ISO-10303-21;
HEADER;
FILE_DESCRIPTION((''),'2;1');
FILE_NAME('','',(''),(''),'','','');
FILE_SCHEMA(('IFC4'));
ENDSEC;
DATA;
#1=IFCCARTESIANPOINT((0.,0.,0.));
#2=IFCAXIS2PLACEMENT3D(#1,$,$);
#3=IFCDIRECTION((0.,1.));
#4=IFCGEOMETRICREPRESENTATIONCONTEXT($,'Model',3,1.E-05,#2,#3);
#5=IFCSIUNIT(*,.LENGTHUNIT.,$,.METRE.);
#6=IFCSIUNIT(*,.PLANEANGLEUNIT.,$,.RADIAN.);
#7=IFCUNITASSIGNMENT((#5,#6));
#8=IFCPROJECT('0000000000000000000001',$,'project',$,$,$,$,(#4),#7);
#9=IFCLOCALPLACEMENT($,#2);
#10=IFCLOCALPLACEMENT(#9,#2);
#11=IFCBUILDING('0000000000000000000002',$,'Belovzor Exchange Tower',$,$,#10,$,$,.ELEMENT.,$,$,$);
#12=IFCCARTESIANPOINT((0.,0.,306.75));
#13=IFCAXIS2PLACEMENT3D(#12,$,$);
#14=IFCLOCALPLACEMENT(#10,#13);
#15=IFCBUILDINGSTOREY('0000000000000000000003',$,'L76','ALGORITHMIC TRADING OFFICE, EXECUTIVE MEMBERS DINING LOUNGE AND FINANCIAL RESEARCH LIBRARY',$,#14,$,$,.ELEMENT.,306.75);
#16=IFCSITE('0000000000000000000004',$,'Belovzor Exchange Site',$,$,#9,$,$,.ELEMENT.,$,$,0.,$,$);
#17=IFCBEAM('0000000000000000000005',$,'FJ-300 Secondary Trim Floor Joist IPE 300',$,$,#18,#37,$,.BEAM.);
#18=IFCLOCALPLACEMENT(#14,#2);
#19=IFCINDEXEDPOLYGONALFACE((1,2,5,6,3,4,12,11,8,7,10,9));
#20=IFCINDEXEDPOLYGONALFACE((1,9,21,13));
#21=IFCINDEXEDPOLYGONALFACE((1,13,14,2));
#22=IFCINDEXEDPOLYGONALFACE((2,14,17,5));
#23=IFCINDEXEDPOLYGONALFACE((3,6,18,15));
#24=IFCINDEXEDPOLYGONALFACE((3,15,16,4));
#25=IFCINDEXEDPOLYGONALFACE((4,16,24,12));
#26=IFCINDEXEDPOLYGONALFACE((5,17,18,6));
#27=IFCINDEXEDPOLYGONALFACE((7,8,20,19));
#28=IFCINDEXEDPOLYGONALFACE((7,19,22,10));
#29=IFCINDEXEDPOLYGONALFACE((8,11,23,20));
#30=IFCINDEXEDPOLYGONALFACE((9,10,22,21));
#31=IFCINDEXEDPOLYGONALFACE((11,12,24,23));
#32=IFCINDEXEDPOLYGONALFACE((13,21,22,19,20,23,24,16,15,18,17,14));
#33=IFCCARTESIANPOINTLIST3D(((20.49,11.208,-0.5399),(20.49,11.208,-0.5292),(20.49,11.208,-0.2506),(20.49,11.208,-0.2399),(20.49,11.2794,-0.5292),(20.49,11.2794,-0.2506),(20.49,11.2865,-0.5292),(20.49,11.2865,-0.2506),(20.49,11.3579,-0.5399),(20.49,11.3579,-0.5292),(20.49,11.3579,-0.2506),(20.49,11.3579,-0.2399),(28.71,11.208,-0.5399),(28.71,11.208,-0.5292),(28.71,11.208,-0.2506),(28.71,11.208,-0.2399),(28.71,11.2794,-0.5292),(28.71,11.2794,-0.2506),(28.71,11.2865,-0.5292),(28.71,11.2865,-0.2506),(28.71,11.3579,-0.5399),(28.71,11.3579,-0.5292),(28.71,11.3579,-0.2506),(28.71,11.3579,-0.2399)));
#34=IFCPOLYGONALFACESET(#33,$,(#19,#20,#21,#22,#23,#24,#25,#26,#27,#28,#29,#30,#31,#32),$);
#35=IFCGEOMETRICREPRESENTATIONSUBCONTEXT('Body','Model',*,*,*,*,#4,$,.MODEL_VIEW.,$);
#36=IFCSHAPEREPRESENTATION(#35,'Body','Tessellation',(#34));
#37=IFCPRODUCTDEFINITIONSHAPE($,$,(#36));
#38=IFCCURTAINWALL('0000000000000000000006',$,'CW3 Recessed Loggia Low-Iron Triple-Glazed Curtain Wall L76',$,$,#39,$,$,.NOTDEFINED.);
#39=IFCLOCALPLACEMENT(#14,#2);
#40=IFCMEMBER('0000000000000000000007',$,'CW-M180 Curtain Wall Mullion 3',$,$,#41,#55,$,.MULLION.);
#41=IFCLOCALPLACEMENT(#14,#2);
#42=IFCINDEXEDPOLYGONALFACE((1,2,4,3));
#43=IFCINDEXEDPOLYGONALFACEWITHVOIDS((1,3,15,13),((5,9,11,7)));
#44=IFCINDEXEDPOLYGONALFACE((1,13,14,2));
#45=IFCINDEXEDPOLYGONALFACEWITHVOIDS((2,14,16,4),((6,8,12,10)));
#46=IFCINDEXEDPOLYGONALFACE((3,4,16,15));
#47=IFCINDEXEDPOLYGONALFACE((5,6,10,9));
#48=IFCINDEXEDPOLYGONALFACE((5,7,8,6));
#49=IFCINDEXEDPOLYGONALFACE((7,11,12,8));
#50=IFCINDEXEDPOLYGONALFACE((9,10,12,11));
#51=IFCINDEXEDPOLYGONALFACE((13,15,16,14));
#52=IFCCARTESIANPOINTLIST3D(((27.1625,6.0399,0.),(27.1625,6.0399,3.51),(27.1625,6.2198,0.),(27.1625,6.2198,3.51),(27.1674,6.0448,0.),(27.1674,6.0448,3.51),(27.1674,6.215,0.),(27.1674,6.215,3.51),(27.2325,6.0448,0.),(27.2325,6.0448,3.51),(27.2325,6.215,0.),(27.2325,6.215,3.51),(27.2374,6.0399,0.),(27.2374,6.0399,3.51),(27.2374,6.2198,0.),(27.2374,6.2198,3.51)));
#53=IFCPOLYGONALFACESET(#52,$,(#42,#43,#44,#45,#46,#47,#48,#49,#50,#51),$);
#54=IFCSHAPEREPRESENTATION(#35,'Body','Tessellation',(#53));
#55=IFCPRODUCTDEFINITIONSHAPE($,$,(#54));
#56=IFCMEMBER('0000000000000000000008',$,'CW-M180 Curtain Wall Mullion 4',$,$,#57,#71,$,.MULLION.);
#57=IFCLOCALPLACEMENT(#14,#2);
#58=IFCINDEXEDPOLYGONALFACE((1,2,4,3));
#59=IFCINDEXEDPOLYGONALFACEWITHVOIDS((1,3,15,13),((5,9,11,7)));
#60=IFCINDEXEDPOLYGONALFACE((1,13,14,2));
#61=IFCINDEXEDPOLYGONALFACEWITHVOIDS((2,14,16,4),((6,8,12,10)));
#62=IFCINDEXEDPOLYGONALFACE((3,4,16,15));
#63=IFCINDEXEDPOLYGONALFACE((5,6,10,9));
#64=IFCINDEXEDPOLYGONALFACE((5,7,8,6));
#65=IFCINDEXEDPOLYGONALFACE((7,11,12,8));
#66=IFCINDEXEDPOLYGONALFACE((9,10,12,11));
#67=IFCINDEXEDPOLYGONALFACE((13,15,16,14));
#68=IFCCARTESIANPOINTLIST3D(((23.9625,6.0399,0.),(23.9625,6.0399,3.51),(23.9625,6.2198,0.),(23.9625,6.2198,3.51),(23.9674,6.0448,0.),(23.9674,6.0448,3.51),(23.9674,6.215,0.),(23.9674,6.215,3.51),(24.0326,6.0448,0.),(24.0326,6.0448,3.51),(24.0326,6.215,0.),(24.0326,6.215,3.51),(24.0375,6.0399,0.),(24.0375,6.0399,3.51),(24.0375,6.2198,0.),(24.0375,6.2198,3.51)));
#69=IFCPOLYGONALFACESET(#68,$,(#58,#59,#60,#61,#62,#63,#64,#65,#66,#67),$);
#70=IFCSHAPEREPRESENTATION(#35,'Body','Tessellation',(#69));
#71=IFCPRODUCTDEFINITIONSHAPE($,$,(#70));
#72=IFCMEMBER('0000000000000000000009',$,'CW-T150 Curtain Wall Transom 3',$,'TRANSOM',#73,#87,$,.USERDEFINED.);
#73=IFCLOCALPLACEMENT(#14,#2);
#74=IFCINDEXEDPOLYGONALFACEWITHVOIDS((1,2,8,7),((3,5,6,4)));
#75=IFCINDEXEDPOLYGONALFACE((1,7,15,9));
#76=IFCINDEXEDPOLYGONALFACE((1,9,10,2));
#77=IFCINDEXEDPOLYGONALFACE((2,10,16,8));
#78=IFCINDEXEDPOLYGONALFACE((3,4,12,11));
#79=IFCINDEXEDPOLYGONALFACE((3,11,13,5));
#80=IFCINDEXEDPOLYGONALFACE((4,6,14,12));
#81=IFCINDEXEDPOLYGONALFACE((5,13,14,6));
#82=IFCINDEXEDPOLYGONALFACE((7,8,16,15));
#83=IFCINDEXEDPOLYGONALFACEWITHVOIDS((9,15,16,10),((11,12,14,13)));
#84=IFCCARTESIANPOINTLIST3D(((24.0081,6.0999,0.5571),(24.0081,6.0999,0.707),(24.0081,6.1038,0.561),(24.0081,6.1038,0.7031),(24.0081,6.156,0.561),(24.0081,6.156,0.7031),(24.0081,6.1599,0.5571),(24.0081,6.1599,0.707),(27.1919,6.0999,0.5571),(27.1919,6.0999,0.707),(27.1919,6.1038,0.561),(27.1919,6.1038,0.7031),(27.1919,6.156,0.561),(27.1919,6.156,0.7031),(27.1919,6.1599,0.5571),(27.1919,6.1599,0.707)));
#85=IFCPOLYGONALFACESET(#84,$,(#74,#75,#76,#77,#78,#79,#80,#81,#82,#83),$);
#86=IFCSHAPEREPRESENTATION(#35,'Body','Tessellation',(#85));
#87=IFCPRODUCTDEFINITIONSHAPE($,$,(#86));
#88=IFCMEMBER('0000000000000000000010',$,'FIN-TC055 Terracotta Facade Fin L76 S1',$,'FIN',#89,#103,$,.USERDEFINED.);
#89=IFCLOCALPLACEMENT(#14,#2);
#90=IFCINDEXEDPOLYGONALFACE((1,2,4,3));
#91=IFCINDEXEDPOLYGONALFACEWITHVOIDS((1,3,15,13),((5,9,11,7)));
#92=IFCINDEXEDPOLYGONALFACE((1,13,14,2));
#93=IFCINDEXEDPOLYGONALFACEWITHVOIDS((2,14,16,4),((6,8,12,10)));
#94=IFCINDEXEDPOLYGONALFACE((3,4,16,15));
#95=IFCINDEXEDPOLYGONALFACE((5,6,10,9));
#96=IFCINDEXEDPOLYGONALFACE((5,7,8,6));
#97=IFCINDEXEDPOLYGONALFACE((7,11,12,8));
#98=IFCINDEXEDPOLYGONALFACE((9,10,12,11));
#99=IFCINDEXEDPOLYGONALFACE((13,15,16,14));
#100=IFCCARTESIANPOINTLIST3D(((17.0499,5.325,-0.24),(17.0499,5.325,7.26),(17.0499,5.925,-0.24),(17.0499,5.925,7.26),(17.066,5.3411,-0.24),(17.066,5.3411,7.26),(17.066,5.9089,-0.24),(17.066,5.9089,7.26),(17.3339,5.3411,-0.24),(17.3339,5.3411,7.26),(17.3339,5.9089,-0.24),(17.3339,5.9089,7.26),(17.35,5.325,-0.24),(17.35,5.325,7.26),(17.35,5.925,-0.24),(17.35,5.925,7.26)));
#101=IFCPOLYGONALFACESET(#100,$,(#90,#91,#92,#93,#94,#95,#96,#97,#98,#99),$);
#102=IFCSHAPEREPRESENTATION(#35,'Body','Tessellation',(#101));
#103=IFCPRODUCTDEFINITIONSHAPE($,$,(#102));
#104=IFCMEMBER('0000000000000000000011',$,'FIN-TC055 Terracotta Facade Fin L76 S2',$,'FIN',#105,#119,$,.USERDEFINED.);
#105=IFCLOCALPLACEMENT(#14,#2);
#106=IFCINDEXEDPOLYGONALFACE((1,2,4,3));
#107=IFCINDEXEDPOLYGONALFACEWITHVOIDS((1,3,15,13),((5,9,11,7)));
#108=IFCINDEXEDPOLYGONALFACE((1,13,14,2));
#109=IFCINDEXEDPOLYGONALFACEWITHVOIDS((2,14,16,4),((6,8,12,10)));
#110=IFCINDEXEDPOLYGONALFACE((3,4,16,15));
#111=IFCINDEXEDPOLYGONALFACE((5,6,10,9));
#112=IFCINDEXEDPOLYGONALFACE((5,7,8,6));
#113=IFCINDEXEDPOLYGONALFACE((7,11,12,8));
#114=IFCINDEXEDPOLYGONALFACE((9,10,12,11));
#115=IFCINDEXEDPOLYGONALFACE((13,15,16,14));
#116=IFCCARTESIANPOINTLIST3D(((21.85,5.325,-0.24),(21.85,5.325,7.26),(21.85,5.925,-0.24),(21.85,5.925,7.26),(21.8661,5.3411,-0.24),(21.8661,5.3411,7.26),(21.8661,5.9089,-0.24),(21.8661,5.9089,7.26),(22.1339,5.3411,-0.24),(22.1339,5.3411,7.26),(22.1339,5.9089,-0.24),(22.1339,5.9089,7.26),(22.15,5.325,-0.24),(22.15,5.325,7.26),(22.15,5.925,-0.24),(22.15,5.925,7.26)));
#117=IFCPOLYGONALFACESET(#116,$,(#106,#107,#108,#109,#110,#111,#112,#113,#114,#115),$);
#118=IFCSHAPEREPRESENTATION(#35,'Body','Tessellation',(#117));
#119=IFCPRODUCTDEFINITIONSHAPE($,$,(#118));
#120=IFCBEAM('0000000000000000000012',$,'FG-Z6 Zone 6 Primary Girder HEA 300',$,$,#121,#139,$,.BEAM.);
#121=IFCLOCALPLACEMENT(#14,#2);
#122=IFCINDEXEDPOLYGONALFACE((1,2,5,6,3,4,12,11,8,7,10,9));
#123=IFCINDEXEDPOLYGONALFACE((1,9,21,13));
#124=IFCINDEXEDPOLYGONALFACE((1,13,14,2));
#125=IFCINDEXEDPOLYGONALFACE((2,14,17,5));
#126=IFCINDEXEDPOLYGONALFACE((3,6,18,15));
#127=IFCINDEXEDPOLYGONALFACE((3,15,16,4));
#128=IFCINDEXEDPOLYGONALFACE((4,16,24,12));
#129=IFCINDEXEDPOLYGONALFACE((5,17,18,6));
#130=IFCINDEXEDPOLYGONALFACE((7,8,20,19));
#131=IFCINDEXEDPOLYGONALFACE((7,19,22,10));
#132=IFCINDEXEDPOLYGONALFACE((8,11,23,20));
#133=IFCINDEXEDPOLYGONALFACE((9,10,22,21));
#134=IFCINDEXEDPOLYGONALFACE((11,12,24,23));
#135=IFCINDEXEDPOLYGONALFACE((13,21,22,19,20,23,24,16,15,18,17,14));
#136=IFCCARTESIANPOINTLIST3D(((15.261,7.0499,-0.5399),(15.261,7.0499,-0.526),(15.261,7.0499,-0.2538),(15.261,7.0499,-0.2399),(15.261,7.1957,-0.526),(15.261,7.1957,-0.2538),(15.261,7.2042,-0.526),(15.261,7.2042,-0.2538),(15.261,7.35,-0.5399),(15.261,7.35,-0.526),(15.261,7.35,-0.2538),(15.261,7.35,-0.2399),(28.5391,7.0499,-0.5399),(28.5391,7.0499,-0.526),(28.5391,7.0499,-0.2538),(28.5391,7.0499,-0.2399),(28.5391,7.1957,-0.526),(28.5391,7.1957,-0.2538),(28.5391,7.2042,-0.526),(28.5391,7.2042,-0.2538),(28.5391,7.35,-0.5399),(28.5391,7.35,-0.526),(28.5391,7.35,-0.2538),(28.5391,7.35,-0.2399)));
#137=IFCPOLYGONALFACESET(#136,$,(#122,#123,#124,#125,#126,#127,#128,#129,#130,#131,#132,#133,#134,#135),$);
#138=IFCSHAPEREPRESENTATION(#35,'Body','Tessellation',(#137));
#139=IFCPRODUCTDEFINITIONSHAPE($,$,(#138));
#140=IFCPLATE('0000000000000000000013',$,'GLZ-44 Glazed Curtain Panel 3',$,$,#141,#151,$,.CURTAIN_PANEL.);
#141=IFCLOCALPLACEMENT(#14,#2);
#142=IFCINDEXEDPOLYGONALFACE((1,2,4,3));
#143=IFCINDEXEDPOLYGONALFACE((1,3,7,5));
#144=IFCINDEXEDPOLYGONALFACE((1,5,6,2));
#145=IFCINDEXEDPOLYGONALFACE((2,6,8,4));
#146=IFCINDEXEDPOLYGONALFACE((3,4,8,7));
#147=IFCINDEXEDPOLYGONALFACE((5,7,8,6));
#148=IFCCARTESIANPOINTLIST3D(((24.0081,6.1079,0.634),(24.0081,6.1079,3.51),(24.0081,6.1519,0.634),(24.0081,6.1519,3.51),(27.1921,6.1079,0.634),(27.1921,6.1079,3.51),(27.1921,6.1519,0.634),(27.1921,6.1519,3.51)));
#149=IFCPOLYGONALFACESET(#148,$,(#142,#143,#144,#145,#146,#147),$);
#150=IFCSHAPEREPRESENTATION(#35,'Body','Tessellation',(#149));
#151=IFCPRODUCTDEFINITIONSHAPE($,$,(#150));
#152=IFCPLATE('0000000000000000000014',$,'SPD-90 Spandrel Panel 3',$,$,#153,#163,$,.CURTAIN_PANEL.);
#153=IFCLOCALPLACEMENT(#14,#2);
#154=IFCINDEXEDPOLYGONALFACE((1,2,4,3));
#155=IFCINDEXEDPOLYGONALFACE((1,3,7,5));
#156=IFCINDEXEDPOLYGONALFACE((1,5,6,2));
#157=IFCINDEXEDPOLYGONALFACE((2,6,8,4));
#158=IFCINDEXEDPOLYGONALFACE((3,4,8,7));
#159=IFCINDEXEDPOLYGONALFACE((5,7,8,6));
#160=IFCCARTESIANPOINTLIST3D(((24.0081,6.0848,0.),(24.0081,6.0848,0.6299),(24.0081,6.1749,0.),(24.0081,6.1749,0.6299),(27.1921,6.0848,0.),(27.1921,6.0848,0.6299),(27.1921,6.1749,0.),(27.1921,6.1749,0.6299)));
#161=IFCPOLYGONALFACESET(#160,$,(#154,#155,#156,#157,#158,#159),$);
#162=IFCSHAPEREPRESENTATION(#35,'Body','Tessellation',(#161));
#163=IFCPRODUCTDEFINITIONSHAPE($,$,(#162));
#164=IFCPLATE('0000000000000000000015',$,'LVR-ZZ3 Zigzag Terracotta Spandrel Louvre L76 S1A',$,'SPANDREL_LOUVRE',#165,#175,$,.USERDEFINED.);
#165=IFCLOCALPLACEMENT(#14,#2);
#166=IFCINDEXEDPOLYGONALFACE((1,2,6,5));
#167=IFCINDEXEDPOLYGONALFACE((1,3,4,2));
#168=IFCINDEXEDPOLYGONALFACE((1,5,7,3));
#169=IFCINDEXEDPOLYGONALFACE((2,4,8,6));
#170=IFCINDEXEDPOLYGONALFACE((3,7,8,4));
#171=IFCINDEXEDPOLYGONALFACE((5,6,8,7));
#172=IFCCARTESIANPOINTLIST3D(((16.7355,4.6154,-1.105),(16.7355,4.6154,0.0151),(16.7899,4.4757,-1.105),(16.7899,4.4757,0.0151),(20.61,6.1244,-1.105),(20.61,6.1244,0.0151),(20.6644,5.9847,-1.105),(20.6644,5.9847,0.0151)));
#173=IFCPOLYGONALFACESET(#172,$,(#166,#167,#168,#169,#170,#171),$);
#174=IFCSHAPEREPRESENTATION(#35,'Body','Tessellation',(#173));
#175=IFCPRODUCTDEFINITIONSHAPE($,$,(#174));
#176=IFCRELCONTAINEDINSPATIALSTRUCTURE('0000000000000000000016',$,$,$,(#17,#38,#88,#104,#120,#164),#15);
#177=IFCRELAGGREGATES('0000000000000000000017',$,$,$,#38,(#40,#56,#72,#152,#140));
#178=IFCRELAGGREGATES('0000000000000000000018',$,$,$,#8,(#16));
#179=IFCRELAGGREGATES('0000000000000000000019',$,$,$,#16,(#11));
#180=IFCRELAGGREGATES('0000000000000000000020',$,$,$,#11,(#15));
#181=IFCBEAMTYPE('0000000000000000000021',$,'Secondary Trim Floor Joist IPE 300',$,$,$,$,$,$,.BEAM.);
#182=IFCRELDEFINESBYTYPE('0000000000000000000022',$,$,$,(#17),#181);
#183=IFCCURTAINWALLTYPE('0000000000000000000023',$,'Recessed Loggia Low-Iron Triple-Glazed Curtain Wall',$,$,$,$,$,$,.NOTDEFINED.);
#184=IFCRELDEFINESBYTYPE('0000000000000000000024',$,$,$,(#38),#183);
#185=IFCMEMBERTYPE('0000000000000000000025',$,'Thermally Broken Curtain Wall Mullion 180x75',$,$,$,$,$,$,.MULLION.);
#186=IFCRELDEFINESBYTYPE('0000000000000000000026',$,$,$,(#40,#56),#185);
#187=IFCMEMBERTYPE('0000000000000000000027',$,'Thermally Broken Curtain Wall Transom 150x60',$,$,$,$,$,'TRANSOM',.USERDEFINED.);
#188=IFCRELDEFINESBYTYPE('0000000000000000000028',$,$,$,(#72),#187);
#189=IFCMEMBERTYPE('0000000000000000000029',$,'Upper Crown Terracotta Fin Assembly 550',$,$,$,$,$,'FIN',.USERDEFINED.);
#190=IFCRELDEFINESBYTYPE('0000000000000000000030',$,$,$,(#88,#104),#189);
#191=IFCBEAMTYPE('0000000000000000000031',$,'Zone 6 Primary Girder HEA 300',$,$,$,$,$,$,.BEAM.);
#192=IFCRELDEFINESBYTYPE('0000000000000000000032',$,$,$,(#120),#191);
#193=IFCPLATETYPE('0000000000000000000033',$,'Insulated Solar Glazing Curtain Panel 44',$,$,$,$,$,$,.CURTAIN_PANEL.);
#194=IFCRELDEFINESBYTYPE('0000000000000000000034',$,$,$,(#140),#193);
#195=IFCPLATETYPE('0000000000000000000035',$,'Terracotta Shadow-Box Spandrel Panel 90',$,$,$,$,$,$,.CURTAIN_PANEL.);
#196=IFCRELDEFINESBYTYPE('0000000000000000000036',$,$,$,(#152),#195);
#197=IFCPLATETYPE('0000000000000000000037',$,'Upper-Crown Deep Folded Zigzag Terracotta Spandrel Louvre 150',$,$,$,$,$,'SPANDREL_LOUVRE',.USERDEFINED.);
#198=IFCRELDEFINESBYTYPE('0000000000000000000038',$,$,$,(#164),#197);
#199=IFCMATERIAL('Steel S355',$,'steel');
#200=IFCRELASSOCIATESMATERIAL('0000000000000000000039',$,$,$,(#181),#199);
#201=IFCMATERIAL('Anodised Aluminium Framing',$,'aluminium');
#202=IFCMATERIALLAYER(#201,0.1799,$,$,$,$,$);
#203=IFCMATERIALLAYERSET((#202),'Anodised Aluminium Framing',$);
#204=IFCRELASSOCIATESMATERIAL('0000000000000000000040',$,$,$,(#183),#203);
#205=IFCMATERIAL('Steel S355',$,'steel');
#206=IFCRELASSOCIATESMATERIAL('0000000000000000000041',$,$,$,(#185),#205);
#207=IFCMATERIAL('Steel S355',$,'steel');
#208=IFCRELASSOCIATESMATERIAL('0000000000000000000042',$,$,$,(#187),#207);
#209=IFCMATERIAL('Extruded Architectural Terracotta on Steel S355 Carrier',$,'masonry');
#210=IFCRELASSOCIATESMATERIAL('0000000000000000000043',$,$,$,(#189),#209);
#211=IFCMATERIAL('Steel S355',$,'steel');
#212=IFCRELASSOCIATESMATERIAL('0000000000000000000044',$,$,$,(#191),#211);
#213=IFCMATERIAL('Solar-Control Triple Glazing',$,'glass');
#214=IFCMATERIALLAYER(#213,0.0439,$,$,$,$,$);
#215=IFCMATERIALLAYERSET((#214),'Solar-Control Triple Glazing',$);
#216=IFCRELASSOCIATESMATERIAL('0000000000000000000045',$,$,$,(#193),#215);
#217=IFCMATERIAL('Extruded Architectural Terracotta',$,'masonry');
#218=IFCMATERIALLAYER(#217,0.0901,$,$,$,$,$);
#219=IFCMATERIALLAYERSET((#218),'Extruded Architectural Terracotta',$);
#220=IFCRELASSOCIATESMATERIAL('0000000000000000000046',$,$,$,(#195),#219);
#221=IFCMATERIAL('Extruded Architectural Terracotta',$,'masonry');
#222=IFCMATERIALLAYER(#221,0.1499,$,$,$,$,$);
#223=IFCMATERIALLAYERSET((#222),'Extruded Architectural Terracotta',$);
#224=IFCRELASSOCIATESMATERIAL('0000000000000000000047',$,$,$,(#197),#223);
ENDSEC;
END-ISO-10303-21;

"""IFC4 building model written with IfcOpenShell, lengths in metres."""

from ifc_helpers import new_model, si_unit, direction, frame, origin, origin_2d, place, context, subcontext, project, spatial, rectangle, hollow_rectangle, i_section, extrude, material, layer, layer_set, material_profile, profile_set, type_object, element, aggregate, save


model = new_model("IFC4")

# Units and contexts
model_context = context("Model", 3, precision=1e-05, world=origin(), true_north=direction((0.0, 1.0)))
body_context = subcontext(model_context, "Body", "Model", "MODEL_VIEW")
ifc_project = project(units=[si_unit("LENGTHUNIT", "METRE"), si_unit("PLANEANGLEUNIT", "RADIAN")], contexts=[model_context])

# Site, building, storey
site_placement = place(None, origin())
site = spatial("IfcSite", under=ifc_project, at=site_placement, Name="Belovzor Exchange Site", CompositionType="ELEMENT", RefElevation=0.0)
building_placement = place(site_placement, origin())
building = spatial("IfcBuilding", under=site, at=building_placement, Name="Belovzor Exchange Tower", CompositionType="ELEMENT")
storey_placement = place(building_placement, frame((0.0, 0.0, 306.75)))
storey = spatial("IfcBuildingStorey", under=building, at=storey_placement, Name="L76", Description="ALGORITHMIC TRADING OFFICE, EXECUTIVE MEMBERS DINING LOUNGE AND FINANCIAL RESEARCH LIBRARY", CompositionType="ELEMENT", Elevation=306.75)

# Beam
ifc_material_1 = material(Name="Steel S355", Category="steel")
ifc_material_profile_1 = material_profile(ifc_material_1, i_section(OverallWidth=0.1499, OverallDepth=0.3, WebThickness=0.0071, FlangeThickness=0.0107, at=origin_2d()))
ifc_profile_set_1 = profile_set([ifc_material_profile_1], Name="Steel S355")
beam_type_1 = type_object("IfcBeamType", Name="Secondary Trim Floor Joist IPE 300", PredefinedType="BEAM", material=ifc_profile_set_1)
beam_1_placement = place(storey_placement, frame((20.49, 11.283, -0.3899), z_axis=(1.0, 0.0, 0.0), x_axis=(0.0, 1.0, 0.0)))
element("IfcBeam", 1, at=beam_1_placement, inside=storey, type_object=beam_type_1, Name="FJ-300 Secondary Trim Floor Joist IPE 300", PredefinedType="BEAM", context=body_context, shape_type="SweptSolid", body=[
    extrude(i_section(OverallWidth=0.1499, OverallDepth=0.3, WebThickness=0.0071, FlangeThickness=0.0107, at=origin_2d()), origin(), (0.0, 0.0, 1.0), 8.22),
])

# Curtain wall, members
ifc_material_2 = material(Name="Anodised Aluminium Framing", Category="aluminium")
ifc_layer_1 = layer(ifc_material_2, 0.1799)
ifc_layer_set_1 = layer_set([ifc_layer_1], Name="Anodised Aluminium Framing")
curtain_wall_type = type_object("IfcCurtainWallType", Name="Recessed Loggia Low-Iron Triple-Glazed Curtain Wall", PredefinedType="NOTDEFINED", material=ifc_layer_set_1)
curtain_wall_placement = place(storey_placement, origin())
curtain_wall = element("IfcCurtainWall", 2, at=curtain_wall_placement, inside=storey, type_object=curtain_wall_type, Name="CW3 Recessed Loggia Low-Iron Triple-Glazed Curtain Wall L76", PredefinedType="NOTDEFINED")
ifc_material_3 = material(Name="Steel S355", Category="steel")
ifc_material_profile_2 = material_profile(ifc_material_3, hollow_rectangle(XDim=0.075, YDim=0.1799, WallThickness=0.0049, at=origin_2d()))
ifc_profile_set_2 = profile_set([ifc_material_profile_2], Name="Steel S355")
member_type_1 = type_object("IfcMemberType", Name="Thermally Broken Curtain Wall Mullion 180x75", PredefinedType="MULLION", material=ifc_profile_set_2)
member_1_placement = place(storey_placement, frame((27.2, 6.1299, 0.0), z_axis=(0.0, 0.0, 1.0), x_axis=(-1.0, 0.0, 0.0)))
member_1 = element("IfcMember", 3, at=member_1_placement, type_object=member_type_1, Name="CW-M180 Curtain Wall Mullion 3", PredefinedType="MULLION", context=body_context, shape_type="SweptSolid", body=[
    extrude(hollow_rectangle(XDim=0.075, YDim=0.1799, WallThickness=0.0049, at=origin_2d()), origin(), (0.0, 0.0, 1.0), 3.51),
])
member_2_placement = place(storey_placement, frame((24.0, 6.1299, 0.0), z_axis=(0.0, 0.0, 1.0), x_axis=(-1.0, 0.0, 0.0)))
member_2 = element("IfcMember", 4, at=member_2_placement, type_object=member_type_1, Name="CW-M180 Curtain Wall Mullion 4", PredefinedType="MULLION", context=body_context, shape_type="SweptSolid", body=[
    extrude(hollow_rectangle(XDim=0.075, YDim=0.1799, WallThickness=0.0049, at=origin_2d()), origin(), (0.0, 0.0, 1.0), 3.51),
])
ifc_material_4 = material(Name="Steel S355", Category="steel")
ifc_material_profile_3 = material_profile(ifc_material_4, hollow_rectangle(XDim=0.0601, YDim=0.1499, WallThickness=0.0039, at=origin_2d()))
ifc_profile_set_3 = profile_set([ifc_material_profile_3], Name="Steel S355")
member_type_2 = type_object("IfcMemberType", Name="Thermally Broken Curtain Wall Transom 150x60", ElementType="TRANSOM", PredefinedType="USERDEFINED", material=ifc_profile_set_3)
member_3_placement = place(storey_placement, frame((27.1919, 6.1299, 0.6321), z_axis=(-1.0, 0.0, 0.0), x_axis=(0.0, -1.0, 0.0)))
member_3 = element("IfcMember", 5, at=member_3_placement, type_object=member_type_2, Name="CW-T150 Curtain Wall Transom 3", ObjectType="TRANSOM", PredefinedType="USERDEFINED", context=body_context, shape_type="SweptSolid", body=[
    extrude(hollow_rectangle(XDim=0.0601, YDim=0.1499, WallThickness=0.0039, at=origin_2d()), origin(), (0.0, 0.0, 1.0), 3.1838),
])

# Members
ifc_material_5 = material(Name="Extruded Architectural Terracotta on Steel S355 Carrier", Category="masonry")
ifc_material_profile_4 = material_profile(ifc_material_5, hollow_rectangle(XDim=0.3, YDim=0.6001, WallThickness=0.0161, at=origin_2d()))
ifc_profile_set_4 = profile_set([ifc_material_profile_4], Name="Extruded Architectural Terracotta on Steel S355 Carrier")
member_type_3 = type_object("IfcMemberType", Name="Upper Crown Terracotta Fin Assembly 550", ElementType="FIN", PredefinedType="USERDEFINED", material=ifc_profile_set_4)
for number, where, z_axis, x_axis, name in (
    (6, (17.2, 5.625, -0.24), (0.0, 0.0, 1.0), (1.0, 0.0, 0.0), "FIN-TC055 Terracotta Facade Fin L76 S1"),
    (7, (22.0, 5.625, -0.24), (0.0, 0.0, 1.0), (1.0, 0.0, 0.0), "FIN-TC055 Terracotta Facade Fin L76 S2"),
):
    element("IfcMember", number, at=place(storey_placement, frame(where, z_axis=z_axis, x_axis=x_axis)), inside=storey, type_object=member_type_3, Name=name, ObjectType="FIN", PredefinedType="USERDEFINED", context=body_context, shape_type="SweptSolid", body=[
        extrude(hollow_rectangle(XDim=0.3, YDim=0.6001, WallThickness=0.0161, at=origin_2d()), origin(), (0.0, 0.0, 1.0), 7.5),
    ])

# Beam
ifc_material_6 = material(Name="Steel S355", Category="steel")
ifc_material_profile_5 = material_profile(ifc_material_6, i_section(OverallWidth=0.3, OverallDepth=0.3, WebThickness=0.0085, FlangeThickness=0.0139, at=origin_2d()))
ifc_profile_set_5 = profile_set([ifc_material_profile_5], Name="Steel S355")
beam_type_2 = type_object("IfcBeamType", Name="Zone 6 Primary Girder HEA 300", PredefinedType="BEAM", material=ifc_profile_set_5)
beam_2_placement = place(storey_placement, frame((15.261, 7.2, -0.3899), z_axis=(1.0, 0.0, 0.0), x_axis=(0.0, 1.0, 0.0)))
element("IfcBeam", 8, at=beam_2_placement, inside=storey, type_object=beam_type_2, Name="FG-Z6 Zone 6 Primary Girder HEA 300", PredefinedType="BEAM", context=body_context, shape_type="SweptSolid", body=[
    extrude(i_section(OverallWidth=0.3, OverallDepth=0.3, WebThickness=0.0085, FlangeThickness=0.0139, at=origin_2d()), origin(), (0.0, 0.0, 1.0), 13.2781),
])

# Plates
ifc_material_7 = material(Name="Solar-Control Triple Glazing", Category="glass")
ifc_layer_2 = layer(ifc_material_7, 0.0439)
ifc_layer_set_2 = layer_set([ifc_layer_2], Name="Solar-Control Triple Glazing")
plate_type_1 = type_object("IfcPlateType", Name="Insulated Solar Glazing Curtain Panel 44", PredefinedType="CURTAIN_PANEL", material=ifc_layer_set_2)
plate_1_placement = place(storey_placement, frame((25.6001, 6.1299, 0.634), z_axis=(0.0, 0.0, 1.0), x_axis=(-1.0, 0.0, 0.0)))
plate_1 = element("IfcPlate", 9, at=plate_1_placement, type_object=plate_type_1, Name="GLZ-44 Glazed Curtain Panel 3", PredefinedType="CURTAIN_PANEL", context=body_context, shape_type="SweptSolid", body=[
    extrude(rectangle(XDim=3.1841, YDim=0.0439, at=origin_2d()), origin(), (0.0, 0.0, 1.0), 2.876),
])
ifc_material_8 = material(Name="Extruded Architectural Terracotta", Category="masonry")
ifc_layer_3 = layer(ifc_material_8, 0.0901)
ifc_layer_set_3 = layer_set([ifc_layer_3], Name="Extruded Architectural Terracotta")
plate_type_2 = type_object("IfcPlateType", Name="Terracotta Shadow-Box Spandrel Panel 90", PredefinedType="CURTAIN_PANEL", material=ifc_layer_set_3)
plate_2_placement = place(storey_placement, frame((25.6001, 6.1299, 0.0), z_axis=(0.0, 0.0, 1.0), x_axis=(-1.0, 0.0, 0.0)))
plate_2 = element("IfcPlate", 10, at=plate_2_placement, type_object=plate_type_2, Name="SPD-90 Spandrel Panel 3", PredefinedType="CURTAIN_PANEL", context=body_context, shape_type="SweptSolid", body=[
    extrude(rectangle(XDim=3.1841, YDim=0.0901, at=origin_2d()), origin(), (0.0, 0.0, 1.0), 0.6299),
])
aggregate(curtain_wall, [member_1, member_2, member_3, plate_2, plate_1])

# Plate
ifc_material_9 = material(Name="Extruded Architectural Terracotta", Category="masonry")
ifc_layer_4 = layer(ifc_material_9, 0.1499)
ifc_layer_set_4 = layer_set([ifc_layer_4], Name="Extruded Architectural Terracotta")
plate_type_3 = type_object("IfcPlateType", Name="Upper-Crown Deep Folded Zigzag Terracotta Spandrel Louvre 150", ElementType="SPANDREL_LOUVRE", PredefinedType="USERDEFINED", material=ifc_layer_set_4)
for number, where, z_axis, x_axis, name in (
    (11, (18.7, 5.3, -1.105), (0.0, 0.0, 1.0), (0.931818, 0.362926, 0.0), "LVR-ZZ3 Zigzag Terracotta Spandrel Louvre L76 S1A"),
):
    element("IfcPlate", number, at=place(storey_placement, frame(where, z_axis=z_axis, x_axis=x_axis)), inside=storey, type_object=plate_type_3, Name=name, ObjectType="SPANDREL_LOUVRE", PredefinedType="USERDEFINED", context=body_context, shape_type="SweptSolid", body=[
        extrude(rectangle(XDim=4.158, YDim=0.1499, at=origin_2d()), origin(), (0.0, 0.0, 1.0), 1.1201),
    ])

save(model, "model.ifc")
